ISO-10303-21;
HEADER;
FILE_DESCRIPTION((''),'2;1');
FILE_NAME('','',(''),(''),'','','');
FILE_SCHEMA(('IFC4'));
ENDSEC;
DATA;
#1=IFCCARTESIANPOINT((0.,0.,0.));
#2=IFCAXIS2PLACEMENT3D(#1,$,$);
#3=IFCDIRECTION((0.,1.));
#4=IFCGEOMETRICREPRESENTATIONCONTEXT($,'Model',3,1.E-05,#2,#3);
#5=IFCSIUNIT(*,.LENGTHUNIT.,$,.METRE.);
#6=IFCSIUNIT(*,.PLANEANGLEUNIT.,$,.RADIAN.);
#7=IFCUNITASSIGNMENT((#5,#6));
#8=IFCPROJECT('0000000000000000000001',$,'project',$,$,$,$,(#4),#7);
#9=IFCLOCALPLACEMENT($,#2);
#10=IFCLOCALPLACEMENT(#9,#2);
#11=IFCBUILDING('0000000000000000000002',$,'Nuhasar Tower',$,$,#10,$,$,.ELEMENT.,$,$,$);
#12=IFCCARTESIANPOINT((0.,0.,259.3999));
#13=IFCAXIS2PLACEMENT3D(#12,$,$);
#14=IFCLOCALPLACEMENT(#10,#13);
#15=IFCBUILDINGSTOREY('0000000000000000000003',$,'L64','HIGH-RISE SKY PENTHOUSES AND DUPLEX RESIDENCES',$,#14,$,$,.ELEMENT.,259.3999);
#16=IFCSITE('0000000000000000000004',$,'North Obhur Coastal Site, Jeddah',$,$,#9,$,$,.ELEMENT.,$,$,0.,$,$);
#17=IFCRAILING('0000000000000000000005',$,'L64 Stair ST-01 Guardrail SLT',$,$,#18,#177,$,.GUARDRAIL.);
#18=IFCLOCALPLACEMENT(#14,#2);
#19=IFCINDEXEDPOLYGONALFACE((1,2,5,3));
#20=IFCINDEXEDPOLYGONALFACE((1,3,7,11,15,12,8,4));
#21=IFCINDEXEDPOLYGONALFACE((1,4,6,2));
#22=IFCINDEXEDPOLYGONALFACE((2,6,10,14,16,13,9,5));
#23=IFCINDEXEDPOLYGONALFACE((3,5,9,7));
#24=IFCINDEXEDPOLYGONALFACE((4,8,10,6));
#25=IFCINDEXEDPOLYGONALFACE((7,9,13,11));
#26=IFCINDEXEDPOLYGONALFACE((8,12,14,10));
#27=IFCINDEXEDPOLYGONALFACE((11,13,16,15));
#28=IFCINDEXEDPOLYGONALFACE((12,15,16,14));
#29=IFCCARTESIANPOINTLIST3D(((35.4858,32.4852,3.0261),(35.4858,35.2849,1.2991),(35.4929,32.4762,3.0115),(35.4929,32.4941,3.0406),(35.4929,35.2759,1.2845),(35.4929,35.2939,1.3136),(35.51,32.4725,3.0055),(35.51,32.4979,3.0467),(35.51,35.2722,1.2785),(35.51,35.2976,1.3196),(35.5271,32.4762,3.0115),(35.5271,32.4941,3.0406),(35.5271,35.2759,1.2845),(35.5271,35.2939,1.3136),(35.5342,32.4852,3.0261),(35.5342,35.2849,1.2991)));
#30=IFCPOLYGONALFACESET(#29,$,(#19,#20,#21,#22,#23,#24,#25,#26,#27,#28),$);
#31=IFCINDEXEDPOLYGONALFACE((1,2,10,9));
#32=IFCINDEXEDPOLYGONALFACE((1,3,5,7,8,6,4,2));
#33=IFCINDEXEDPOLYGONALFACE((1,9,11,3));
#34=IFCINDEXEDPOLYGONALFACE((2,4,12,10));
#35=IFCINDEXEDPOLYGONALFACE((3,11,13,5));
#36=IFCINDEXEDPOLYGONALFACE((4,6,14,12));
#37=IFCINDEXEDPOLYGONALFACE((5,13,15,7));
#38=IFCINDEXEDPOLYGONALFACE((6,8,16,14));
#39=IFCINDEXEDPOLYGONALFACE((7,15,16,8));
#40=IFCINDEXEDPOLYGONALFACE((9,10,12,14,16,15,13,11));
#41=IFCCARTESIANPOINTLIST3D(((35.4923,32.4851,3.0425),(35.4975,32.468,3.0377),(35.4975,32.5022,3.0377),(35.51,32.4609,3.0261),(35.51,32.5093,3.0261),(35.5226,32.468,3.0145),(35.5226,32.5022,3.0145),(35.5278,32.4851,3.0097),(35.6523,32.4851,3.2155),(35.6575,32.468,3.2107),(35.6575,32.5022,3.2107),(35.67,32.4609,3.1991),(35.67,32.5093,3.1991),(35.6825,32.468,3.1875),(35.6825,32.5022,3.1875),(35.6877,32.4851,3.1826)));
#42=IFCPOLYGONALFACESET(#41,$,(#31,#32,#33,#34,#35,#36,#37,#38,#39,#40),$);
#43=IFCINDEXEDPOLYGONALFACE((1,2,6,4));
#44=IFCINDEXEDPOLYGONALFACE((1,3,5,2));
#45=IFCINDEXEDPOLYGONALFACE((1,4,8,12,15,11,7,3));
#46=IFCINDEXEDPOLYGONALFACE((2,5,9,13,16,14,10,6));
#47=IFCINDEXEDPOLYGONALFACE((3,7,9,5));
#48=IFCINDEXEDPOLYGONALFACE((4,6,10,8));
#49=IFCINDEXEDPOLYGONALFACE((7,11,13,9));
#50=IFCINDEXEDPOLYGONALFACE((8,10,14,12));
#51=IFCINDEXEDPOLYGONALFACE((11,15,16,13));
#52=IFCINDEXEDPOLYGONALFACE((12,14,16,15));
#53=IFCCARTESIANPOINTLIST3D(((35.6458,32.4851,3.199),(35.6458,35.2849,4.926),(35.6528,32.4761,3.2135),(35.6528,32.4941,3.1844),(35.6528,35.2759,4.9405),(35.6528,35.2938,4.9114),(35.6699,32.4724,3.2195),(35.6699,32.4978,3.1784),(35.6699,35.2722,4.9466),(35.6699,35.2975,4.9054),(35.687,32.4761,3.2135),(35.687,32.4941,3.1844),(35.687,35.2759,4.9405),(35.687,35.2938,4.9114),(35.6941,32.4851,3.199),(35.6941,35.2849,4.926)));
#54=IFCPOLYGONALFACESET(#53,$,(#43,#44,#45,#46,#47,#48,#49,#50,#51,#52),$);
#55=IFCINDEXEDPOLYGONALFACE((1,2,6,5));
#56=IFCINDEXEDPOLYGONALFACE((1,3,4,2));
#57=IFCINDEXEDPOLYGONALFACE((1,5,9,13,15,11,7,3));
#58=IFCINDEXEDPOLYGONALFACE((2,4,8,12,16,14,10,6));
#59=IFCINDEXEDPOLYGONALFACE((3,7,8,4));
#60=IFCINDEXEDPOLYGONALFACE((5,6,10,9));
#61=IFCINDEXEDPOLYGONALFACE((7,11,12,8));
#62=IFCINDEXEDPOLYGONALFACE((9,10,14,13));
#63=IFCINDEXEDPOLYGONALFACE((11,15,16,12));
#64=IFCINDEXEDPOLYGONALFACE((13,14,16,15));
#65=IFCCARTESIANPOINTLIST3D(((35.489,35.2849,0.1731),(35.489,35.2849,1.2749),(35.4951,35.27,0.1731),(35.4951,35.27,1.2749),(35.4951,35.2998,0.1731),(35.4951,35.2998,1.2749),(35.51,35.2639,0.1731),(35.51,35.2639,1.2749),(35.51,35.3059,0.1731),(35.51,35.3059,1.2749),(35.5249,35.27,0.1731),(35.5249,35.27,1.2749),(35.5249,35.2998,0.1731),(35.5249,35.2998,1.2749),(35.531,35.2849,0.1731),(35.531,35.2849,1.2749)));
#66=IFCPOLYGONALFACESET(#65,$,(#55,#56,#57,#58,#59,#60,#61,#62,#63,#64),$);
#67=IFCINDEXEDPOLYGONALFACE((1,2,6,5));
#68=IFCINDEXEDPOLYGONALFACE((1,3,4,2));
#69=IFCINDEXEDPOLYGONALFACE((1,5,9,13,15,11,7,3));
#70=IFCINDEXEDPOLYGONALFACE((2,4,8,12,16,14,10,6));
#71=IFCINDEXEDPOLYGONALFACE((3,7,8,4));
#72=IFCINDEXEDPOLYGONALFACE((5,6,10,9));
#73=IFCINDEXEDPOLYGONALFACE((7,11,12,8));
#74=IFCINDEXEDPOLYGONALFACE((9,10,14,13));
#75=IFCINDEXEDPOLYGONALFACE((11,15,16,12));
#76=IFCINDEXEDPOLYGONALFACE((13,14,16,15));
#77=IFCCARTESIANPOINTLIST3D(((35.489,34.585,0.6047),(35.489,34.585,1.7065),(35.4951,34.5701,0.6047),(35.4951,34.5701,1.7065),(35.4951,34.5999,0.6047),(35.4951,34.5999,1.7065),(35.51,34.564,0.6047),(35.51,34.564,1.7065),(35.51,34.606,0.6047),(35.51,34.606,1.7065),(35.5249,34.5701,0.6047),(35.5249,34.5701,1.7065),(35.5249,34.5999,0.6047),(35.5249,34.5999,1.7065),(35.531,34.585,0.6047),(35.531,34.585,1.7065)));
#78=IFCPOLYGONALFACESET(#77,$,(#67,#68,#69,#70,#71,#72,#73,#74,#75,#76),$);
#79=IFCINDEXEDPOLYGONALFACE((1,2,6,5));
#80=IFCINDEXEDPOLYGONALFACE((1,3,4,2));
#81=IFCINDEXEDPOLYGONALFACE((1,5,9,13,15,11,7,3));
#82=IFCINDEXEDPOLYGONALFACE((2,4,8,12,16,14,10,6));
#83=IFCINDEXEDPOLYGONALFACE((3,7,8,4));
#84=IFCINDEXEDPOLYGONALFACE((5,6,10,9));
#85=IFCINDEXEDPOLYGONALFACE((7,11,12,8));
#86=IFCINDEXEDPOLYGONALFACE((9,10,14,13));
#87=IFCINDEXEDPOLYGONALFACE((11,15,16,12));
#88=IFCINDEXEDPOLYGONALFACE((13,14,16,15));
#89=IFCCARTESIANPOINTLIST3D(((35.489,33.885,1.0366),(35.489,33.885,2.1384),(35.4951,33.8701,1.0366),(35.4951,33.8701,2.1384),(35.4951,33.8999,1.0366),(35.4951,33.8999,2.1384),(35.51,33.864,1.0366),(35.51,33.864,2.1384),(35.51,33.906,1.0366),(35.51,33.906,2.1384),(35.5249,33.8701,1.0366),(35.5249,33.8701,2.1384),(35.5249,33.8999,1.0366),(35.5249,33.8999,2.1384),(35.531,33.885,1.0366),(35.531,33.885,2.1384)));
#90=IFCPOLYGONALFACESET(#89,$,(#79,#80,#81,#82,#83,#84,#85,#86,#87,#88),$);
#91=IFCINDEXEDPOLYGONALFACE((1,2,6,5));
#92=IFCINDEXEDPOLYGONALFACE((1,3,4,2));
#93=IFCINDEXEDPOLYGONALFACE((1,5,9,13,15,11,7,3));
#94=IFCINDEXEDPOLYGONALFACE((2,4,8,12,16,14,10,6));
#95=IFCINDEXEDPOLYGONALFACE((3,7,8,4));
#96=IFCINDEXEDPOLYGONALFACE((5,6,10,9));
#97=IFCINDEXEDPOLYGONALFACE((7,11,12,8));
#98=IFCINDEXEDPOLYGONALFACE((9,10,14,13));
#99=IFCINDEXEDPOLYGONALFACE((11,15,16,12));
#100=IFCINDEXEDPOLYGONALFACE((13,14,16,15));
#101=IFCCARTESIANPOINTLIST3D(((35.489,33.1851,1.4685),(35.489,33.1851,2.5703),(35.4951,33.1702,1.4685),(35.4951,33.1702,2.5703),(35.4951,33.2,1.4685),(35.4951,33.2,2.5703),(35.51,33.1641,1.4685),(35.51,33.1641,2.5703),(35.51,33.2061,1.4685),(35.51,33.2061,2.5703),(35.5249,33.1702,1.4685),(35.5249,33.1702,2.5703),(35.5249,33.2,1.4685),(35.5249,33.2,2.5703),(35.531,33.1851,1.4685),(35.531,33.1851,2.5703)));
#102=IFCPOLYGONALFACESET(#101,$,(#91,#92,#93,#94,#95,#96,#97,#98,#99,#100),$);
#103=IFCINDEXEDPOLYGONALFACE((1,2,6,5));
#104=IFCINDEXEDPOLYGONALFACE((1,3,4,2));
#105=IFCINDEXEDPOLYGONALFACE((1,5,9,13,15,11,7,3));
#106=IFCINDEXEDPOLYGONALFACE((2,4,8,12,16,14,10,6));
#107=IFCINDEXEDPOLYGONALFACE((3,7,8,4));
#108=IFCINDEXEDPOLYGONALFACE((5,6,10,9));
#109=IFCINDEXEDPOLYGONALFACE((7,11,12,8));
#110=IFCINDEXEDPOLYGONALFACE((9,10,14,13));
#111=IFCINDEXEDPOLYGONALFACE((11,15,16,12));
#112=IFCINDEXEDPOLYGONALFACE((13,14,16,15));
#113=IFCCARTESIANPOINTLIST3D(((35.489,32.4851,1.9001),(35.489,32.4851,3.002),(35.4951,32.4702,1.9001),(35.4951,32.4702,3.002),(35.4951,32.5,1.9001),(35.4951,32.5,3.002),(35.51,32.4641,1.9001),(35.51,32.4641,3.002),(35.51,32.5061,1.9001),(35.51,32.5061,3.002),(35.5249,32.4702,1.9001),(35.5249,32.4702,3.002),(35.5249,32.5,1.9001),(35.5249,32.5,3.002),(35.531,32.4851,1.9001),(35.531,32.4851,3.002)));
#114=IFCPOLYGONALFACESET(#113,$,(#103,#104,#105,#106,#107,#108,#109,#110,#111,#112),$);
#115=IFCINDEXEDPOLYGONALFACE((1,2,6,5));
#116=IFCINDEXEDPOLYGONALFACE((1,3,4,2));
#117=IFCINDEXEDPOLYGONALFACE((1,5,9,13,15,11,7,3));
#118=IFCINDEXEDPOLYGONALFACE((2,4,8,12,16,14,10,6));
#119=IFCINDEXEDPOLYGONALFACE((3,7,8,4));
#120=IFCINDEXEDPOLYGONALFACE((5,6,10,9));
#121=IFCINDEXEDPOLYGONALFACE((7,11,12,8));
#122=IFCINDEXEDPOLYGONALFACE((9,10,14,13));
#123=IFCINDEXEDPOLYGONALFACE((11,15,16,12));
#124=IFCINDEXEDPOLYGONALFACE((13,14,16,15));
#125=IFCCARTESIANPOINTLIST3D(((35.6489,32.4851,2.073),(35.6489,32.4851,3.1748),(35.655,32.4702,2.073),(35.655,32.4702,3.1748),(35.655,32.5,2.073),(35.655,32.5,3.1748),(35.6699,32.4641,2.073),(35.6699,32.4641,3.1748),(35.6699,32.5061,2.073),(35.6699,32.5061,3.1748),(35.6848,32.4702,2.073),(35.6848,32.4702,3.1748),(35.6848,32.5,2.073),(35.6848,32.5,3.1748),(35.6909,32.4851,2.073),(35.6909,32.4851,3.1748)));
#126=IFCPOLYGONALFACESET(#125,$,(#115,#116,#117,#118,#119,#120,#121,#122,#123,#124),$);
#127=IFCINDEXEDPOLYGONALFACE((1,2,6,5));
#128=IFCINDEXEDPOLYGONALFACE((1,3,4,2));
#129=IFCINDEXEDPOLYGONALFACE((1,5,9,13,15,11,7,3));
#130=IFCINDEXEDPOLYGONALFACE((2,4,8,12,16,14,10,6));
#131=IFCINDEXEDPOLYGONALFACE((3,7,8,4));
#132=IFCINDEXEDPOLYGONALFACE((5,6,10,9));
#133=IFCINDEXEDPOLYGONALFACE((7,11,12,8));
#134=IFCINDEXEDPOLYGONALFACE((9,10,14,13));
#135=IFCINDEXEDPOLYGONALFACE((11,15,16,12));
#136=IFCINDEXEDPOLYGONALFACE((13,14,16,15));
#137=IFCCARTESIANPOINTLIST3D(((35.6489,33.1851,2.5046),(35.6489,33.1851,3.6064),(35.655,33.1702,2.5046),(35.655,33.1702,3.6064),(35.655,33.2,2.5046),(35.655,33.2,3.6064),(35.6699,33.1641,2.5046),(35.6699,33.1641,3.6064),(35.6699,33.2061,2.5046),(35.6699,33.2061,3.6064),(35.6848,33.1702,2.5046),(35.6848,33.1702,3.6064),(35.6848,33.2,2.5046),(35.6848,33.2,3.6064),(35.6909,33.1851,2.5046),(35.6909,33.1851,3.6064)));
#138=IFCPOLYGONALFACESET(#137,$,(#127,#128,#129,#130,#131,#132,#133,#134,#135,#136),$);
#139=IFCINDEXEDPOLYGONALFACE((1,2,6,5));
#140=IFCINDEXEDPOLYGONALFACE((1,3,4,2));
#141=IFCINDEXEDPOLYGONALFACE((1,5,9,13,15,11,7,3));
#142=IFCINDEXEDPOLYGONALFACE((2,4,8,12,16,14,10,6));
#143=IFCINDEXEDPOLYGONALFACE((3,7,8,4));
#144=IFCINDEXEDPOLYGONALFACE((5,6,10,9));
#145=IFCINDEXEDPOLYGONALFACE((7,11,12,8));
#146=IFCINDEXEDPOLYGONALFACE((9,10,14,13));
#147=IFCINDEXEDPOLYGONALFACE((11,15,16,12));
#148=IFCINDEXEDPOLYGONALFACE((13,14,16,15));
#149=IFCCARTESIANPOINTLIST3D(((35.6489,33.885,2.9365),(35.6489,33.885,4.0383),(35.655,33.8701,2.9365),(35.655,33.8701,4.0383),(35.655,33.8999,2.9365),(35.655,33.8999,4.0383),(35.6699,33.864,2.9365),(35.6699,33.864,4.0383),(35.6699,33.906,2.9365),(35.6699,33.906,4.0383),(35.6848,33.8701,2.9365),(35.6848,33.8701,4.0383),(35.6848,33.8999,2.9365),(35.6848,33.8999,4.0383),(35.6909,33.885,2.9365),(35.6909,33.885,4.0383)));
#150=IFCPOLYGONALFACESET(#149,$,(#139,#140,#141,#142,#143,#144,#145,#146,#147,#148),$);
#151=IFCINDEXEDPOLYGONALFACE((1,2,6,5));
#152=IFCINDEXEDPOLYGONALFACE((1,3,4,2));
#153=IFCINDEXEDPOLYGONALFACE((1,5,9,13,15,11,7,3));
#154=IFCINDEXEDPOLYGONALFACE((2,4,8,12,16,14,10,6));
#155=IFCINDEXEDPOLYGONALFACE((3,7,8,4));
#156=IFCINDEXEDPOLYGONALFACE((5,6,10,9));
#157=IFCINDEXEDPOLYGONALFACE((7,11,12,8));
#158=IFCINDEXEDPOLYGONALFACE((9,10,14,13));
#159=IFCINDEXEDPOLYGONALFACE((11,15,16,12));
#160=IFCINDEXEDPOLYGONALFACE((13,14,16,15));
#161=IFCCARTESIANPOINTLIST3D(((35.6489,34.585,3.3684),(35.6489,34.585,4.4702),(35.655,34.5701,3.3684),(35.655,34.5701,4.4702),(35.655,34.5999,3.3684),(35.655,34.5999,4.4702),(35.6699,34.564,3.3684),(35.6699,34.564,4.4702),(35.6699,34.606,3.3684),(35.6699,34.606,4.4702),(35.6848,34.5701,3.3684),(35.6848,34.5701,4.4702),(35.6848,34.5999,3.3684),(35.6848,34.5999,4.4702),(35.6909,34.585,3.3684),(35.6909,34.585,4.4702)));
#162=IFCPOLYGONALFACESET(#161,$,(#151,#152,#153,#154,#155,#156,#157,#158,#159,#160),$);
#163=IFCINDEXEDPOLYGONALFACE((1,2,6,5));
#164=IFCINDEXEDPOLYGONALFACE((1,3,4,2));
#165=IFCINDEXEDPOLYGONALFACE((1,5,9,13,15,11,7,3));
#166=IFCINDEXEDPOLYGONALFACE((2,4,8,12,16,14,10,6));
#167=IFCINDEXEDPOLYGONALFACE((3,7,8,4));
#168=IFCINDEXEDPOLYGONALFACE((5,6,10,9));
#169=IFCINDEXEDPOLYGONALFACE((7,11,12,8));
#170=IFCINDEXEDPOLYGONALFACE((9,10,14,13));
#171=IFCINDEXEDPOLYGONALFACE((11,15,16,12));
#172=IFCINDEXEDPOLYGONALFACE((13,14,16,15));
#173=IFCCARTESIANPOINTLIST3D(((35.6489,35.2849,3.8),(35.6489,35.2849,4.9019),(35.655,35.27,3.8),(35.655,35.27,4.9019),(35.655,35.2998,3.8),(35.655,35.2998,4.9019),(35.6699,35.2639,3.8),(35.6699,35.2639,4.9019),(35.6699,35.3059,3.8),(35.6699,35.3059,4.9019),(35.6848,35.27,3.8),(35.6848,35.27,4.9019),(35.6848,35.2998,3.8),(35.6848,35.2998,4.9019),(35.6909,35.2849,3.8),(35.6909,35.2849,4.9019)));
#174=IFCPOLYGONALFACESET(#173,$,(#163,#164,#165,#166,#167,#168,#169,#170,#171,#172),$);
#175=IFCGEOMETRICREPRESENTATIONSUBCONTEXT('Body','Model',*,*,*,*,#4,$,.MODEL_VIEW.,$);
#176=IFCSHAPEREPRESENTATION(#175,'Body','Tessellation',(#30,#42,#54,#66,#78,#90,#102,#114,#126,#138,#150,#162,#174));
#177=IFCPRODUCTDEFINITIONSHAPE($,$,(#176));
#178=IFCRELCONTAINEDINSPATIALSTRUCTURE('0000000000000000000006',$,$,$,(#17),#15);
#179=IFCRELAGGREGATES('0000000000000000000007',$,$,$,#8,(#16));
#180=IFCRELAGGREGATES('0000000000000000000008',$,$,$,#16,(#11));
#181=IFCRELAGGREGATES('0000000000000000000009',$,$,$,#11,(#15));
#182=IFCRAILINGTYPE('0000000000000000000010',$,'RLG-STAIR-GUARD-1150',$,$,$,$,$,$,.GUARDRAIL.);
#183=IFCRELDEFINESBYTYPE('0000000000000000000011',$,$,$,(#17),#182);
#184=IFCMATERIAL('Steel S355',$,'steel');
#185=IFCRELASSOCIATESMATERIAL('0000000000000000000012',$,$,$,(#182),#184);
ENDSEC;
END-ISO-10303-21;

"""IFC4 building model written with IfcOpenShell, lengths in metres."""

from ifc_helpers import new_model, si_unit, direction, frame, origin, place, context, subcontext, project, spatial, polyline, outline, extrude, material, type_object, element, save


model = new_model("IFC4")

# Units and contexts
model_context = context("Model", 3, precision=1e-05, world=origin(), true_north=direction((0.0, 1.0)))
body_context = subcontext(model_context, "Body", "Model", "MODEL_VIEW")
ifc_project = project(units=[si_unit("LENGTHUNIT", "METRE"), si_unit("PLANEANGLEUNIT", "RADIAN")], contexts=[model_context])

# Site, building, storey
site_placement = place(None, origin())
site = spatial("IfcSite", under=ifc_project, at=site_placement, Name="North Obhur Coastal Site, Jeddah", CompositionType="ELEMENT", RefElevation=0.0)
building_placement = place(site_placement, origin())
building = spatial("IfcBuilding", under=site, at=building_placement, Name="Nuhasar Tower", CompositionType="ELEMENT")
storey_placement = place(building_placement, frame((0.0, 0.0, 259.3999)))
storey = spatial("IfcBuildingStorey", under=building, at=storey_placement, Name="L64", Description="HIGH-RISE SKY PENTHOUSES AND DUPLEX RESIDENCES", CompositionType="ELEMENT", Elevation=259.3999)

# Shared definitions
ifc_material_1 = material(Name="Steel S355", Category="steel")

# Railing
railing_type_1 = type_object("IfcRailingType", Name="RLG-STAIR-GUARD-1150", PredefinedType="GUARDRAIL", material=ifc_material_1)
railing_1_placement = place(storey_placement, frame((35.51, 35.2849, 0.1731)))
element("IfcRailing", 1, at=railing_1_placement, inside=storey, type_object=railing_type_1, Name="L64 Stair ST-01 Guardrail SLT", PredefinedType="GUARDRAIL", context=body_context, shape_type="SweptSolid", body=[
    extrude(outline(polyline([(0.0242, 0.0), (0.0171, 0.0171), (0.0, 0.0242), (-0.0171, 0.0171), (-0.0242, 0.0), (-0.0171, -0.0171), (0.0, -0.0242), (0.0171, -0.0171), (0.0242, 0.0)])), frame((0.0, 0.0, 1.126), z_axis=(0.0, -0.851102, 0.525), x_axis=(1.0, 0.0, 0.0)), (0.0, 0.0, 1.0), 3.2896),
    extrude(outline(polyline([(0.0242, 0.0), (0.0171, 0.0171), (0.0, 0.0242), (-0.0171, 0.0171), (-0.0242, 0.0), (-0.0171, -0.0171), (0.0, -0.0242), (0.0171, -0.0171), (0.0242, 0.0)])), frame((0.0, -2.7998, 2.853), z_axis=(0.679098, 0.0, 0.734048), x_axis=(0.0, 1.0, 0.0)), (0.0, 0.0, 1.0), 0.2356),
    extrude(outline(polyline([(0.0242, 0.0), (0.0171, 0.0171), (0.0, 0.0242), (-0.0171, 0.0171), (-0.0242, 0.0), (-0.0171, -0.0171), (0.0, -0.0242), (0.0171, -0.0171), (0.0242, 0.0)])), frame((0.1599, -2.7998, 3.0259), z_axis=(0.0, 0.851102, 0.525), x_axis=(-1.0, 0.0, 0.0)), (0.0, 0.0, 1.0), 3.2896),
    extrude(outline(polyline([(0.021, 0.0), (0.0149, 0.0149), (0.0, 0.021), (-0.0149, 0.0149), (-0.021, 0.0), (-0.0149, -0.0149), (0.0, -0.021), (0.0149, -0.0149), (0.021, 0.0)])), origin(), (0.0, 0.0, 1.0), 1.1018),
    extrude(outline(polyline([(0.021, 0.0), (0.0149, 0.0149), (0.0, 0.021), (-0.0149, 0.0149), (-0.021, 0.0), (-0.0149, -0.0149), (0.0, -0.021), (0.0149, -0.0149), (0.021, 0.0)])), frame((0.0, -0.7, 0.4316)), (0.0, 0.0, 1.0), 1.1018),
    extrude(outline(polyline([(0.021, 0.0), (0.0149, 0.0149), (0.0, 0.021), (-0.0149, 0.0149), (-0.021, 0.0), (-0.0149, -0.0149), (0.0, -0.021), (0.0149, -0.0149), (0.021, 0.0)])), frame((0.0, -1.3999, 0.8635)), (0.0, 0.0, 1.0), 1.1018),
    extrude(outline(polyline([(0.021, 0.0), (0.0149, 0.0149), (0.0, 0.021), (-0.0149, 0.0149), (-0.021, 0.0), (-0.0149, -0.0149), (0.0, -0.021), (0.0149, -0.0149), (0.021, 0.0)])), frame((0.0, -2.0999, 1.2954)), (0.0, 0.0, 1.0), 1.1018),
    extrude(outline(polyline([(0.021, 0.0), (0.0149, 0.0149), (0.0, 0.021), (-0.0149, 0.0149), (-0.021, 0.0), (-0.0149, -0.0149), (0.0, -0.021), (0.0149, -0.0149), (0.021, 0.0)])), frame((0.0, -2.7998, 1.7271)), (0.0, 0.0, 1.0), 1.1018),
    extrude(outline(polyline([(0.021, 0.0), (0.0149, 0.0149), (0.0, 0.021), (-0.0149, 0.0149), (-0.021, 0.0), (-0.0149, -0.0149), (0.0, -0.021), (0.0149, -0.0149), (0.021, 0.0)])), frame((0.1599, -2.7998, 1.8999)), (0.0, 0.0, 1.0), 1.1018),
    extrude(outline(polyline([(0.021, 0.0), (0.0149, 0.0149), (0.0, 0.021), (-0.0149, 0.0149), (-0.021, 0.0), (-0.0149, -0.0149), (0.0, -0.021), (0.0149, -0.0149), (0.021, 0.0)])), frame((0.1599, -2.0999, 2.3315)), (0.0, 0.0, 1.0), 1.1018),
    extrude(outline(polyline([(0.021, 0.0), (0.0149, 0.0149), (0.0, 0.021), (-0.0149, 0.0149), (-0.021, 0.0), (-0.0149, -0.0149), (0.0, -0.021), (0.0149, -0.0149), (0.021, 0.0)])), frame((0.1599, -1.3999, 2.7634)), (0.0, 0.0, 1.0), 1.1018),
    extrude(outline(polyline([(0.021, 0.0), (0.0149, 0.0149), (0.0, 0.021), (-0.0149, 0.0149), (-0.021, 0.0), (-0.0149, -0.0149), (0.0, -0.021), (0.0149, -0.0149), (0.021, 0.0)])), frame((0.1599, -0.7, 3.1953)), (0.0, 0.0, 1.0), 1.1018),
    extrude(outline(polyline([(0.021, 0.0), (0.0149, 0.0149), (0.0, 0.021), (-0.0149, 0.0149), (-0.021, 0.0), (-0.0149, -0.0149), (0.0, -0.021), (0.0149, -0.0149), (0.021, 0.0)])), frame((0.1599, 0.0, 3.627)), (0.0, 0.0, 1.0), 1.1018),
])

save(model, "model.ifc")
